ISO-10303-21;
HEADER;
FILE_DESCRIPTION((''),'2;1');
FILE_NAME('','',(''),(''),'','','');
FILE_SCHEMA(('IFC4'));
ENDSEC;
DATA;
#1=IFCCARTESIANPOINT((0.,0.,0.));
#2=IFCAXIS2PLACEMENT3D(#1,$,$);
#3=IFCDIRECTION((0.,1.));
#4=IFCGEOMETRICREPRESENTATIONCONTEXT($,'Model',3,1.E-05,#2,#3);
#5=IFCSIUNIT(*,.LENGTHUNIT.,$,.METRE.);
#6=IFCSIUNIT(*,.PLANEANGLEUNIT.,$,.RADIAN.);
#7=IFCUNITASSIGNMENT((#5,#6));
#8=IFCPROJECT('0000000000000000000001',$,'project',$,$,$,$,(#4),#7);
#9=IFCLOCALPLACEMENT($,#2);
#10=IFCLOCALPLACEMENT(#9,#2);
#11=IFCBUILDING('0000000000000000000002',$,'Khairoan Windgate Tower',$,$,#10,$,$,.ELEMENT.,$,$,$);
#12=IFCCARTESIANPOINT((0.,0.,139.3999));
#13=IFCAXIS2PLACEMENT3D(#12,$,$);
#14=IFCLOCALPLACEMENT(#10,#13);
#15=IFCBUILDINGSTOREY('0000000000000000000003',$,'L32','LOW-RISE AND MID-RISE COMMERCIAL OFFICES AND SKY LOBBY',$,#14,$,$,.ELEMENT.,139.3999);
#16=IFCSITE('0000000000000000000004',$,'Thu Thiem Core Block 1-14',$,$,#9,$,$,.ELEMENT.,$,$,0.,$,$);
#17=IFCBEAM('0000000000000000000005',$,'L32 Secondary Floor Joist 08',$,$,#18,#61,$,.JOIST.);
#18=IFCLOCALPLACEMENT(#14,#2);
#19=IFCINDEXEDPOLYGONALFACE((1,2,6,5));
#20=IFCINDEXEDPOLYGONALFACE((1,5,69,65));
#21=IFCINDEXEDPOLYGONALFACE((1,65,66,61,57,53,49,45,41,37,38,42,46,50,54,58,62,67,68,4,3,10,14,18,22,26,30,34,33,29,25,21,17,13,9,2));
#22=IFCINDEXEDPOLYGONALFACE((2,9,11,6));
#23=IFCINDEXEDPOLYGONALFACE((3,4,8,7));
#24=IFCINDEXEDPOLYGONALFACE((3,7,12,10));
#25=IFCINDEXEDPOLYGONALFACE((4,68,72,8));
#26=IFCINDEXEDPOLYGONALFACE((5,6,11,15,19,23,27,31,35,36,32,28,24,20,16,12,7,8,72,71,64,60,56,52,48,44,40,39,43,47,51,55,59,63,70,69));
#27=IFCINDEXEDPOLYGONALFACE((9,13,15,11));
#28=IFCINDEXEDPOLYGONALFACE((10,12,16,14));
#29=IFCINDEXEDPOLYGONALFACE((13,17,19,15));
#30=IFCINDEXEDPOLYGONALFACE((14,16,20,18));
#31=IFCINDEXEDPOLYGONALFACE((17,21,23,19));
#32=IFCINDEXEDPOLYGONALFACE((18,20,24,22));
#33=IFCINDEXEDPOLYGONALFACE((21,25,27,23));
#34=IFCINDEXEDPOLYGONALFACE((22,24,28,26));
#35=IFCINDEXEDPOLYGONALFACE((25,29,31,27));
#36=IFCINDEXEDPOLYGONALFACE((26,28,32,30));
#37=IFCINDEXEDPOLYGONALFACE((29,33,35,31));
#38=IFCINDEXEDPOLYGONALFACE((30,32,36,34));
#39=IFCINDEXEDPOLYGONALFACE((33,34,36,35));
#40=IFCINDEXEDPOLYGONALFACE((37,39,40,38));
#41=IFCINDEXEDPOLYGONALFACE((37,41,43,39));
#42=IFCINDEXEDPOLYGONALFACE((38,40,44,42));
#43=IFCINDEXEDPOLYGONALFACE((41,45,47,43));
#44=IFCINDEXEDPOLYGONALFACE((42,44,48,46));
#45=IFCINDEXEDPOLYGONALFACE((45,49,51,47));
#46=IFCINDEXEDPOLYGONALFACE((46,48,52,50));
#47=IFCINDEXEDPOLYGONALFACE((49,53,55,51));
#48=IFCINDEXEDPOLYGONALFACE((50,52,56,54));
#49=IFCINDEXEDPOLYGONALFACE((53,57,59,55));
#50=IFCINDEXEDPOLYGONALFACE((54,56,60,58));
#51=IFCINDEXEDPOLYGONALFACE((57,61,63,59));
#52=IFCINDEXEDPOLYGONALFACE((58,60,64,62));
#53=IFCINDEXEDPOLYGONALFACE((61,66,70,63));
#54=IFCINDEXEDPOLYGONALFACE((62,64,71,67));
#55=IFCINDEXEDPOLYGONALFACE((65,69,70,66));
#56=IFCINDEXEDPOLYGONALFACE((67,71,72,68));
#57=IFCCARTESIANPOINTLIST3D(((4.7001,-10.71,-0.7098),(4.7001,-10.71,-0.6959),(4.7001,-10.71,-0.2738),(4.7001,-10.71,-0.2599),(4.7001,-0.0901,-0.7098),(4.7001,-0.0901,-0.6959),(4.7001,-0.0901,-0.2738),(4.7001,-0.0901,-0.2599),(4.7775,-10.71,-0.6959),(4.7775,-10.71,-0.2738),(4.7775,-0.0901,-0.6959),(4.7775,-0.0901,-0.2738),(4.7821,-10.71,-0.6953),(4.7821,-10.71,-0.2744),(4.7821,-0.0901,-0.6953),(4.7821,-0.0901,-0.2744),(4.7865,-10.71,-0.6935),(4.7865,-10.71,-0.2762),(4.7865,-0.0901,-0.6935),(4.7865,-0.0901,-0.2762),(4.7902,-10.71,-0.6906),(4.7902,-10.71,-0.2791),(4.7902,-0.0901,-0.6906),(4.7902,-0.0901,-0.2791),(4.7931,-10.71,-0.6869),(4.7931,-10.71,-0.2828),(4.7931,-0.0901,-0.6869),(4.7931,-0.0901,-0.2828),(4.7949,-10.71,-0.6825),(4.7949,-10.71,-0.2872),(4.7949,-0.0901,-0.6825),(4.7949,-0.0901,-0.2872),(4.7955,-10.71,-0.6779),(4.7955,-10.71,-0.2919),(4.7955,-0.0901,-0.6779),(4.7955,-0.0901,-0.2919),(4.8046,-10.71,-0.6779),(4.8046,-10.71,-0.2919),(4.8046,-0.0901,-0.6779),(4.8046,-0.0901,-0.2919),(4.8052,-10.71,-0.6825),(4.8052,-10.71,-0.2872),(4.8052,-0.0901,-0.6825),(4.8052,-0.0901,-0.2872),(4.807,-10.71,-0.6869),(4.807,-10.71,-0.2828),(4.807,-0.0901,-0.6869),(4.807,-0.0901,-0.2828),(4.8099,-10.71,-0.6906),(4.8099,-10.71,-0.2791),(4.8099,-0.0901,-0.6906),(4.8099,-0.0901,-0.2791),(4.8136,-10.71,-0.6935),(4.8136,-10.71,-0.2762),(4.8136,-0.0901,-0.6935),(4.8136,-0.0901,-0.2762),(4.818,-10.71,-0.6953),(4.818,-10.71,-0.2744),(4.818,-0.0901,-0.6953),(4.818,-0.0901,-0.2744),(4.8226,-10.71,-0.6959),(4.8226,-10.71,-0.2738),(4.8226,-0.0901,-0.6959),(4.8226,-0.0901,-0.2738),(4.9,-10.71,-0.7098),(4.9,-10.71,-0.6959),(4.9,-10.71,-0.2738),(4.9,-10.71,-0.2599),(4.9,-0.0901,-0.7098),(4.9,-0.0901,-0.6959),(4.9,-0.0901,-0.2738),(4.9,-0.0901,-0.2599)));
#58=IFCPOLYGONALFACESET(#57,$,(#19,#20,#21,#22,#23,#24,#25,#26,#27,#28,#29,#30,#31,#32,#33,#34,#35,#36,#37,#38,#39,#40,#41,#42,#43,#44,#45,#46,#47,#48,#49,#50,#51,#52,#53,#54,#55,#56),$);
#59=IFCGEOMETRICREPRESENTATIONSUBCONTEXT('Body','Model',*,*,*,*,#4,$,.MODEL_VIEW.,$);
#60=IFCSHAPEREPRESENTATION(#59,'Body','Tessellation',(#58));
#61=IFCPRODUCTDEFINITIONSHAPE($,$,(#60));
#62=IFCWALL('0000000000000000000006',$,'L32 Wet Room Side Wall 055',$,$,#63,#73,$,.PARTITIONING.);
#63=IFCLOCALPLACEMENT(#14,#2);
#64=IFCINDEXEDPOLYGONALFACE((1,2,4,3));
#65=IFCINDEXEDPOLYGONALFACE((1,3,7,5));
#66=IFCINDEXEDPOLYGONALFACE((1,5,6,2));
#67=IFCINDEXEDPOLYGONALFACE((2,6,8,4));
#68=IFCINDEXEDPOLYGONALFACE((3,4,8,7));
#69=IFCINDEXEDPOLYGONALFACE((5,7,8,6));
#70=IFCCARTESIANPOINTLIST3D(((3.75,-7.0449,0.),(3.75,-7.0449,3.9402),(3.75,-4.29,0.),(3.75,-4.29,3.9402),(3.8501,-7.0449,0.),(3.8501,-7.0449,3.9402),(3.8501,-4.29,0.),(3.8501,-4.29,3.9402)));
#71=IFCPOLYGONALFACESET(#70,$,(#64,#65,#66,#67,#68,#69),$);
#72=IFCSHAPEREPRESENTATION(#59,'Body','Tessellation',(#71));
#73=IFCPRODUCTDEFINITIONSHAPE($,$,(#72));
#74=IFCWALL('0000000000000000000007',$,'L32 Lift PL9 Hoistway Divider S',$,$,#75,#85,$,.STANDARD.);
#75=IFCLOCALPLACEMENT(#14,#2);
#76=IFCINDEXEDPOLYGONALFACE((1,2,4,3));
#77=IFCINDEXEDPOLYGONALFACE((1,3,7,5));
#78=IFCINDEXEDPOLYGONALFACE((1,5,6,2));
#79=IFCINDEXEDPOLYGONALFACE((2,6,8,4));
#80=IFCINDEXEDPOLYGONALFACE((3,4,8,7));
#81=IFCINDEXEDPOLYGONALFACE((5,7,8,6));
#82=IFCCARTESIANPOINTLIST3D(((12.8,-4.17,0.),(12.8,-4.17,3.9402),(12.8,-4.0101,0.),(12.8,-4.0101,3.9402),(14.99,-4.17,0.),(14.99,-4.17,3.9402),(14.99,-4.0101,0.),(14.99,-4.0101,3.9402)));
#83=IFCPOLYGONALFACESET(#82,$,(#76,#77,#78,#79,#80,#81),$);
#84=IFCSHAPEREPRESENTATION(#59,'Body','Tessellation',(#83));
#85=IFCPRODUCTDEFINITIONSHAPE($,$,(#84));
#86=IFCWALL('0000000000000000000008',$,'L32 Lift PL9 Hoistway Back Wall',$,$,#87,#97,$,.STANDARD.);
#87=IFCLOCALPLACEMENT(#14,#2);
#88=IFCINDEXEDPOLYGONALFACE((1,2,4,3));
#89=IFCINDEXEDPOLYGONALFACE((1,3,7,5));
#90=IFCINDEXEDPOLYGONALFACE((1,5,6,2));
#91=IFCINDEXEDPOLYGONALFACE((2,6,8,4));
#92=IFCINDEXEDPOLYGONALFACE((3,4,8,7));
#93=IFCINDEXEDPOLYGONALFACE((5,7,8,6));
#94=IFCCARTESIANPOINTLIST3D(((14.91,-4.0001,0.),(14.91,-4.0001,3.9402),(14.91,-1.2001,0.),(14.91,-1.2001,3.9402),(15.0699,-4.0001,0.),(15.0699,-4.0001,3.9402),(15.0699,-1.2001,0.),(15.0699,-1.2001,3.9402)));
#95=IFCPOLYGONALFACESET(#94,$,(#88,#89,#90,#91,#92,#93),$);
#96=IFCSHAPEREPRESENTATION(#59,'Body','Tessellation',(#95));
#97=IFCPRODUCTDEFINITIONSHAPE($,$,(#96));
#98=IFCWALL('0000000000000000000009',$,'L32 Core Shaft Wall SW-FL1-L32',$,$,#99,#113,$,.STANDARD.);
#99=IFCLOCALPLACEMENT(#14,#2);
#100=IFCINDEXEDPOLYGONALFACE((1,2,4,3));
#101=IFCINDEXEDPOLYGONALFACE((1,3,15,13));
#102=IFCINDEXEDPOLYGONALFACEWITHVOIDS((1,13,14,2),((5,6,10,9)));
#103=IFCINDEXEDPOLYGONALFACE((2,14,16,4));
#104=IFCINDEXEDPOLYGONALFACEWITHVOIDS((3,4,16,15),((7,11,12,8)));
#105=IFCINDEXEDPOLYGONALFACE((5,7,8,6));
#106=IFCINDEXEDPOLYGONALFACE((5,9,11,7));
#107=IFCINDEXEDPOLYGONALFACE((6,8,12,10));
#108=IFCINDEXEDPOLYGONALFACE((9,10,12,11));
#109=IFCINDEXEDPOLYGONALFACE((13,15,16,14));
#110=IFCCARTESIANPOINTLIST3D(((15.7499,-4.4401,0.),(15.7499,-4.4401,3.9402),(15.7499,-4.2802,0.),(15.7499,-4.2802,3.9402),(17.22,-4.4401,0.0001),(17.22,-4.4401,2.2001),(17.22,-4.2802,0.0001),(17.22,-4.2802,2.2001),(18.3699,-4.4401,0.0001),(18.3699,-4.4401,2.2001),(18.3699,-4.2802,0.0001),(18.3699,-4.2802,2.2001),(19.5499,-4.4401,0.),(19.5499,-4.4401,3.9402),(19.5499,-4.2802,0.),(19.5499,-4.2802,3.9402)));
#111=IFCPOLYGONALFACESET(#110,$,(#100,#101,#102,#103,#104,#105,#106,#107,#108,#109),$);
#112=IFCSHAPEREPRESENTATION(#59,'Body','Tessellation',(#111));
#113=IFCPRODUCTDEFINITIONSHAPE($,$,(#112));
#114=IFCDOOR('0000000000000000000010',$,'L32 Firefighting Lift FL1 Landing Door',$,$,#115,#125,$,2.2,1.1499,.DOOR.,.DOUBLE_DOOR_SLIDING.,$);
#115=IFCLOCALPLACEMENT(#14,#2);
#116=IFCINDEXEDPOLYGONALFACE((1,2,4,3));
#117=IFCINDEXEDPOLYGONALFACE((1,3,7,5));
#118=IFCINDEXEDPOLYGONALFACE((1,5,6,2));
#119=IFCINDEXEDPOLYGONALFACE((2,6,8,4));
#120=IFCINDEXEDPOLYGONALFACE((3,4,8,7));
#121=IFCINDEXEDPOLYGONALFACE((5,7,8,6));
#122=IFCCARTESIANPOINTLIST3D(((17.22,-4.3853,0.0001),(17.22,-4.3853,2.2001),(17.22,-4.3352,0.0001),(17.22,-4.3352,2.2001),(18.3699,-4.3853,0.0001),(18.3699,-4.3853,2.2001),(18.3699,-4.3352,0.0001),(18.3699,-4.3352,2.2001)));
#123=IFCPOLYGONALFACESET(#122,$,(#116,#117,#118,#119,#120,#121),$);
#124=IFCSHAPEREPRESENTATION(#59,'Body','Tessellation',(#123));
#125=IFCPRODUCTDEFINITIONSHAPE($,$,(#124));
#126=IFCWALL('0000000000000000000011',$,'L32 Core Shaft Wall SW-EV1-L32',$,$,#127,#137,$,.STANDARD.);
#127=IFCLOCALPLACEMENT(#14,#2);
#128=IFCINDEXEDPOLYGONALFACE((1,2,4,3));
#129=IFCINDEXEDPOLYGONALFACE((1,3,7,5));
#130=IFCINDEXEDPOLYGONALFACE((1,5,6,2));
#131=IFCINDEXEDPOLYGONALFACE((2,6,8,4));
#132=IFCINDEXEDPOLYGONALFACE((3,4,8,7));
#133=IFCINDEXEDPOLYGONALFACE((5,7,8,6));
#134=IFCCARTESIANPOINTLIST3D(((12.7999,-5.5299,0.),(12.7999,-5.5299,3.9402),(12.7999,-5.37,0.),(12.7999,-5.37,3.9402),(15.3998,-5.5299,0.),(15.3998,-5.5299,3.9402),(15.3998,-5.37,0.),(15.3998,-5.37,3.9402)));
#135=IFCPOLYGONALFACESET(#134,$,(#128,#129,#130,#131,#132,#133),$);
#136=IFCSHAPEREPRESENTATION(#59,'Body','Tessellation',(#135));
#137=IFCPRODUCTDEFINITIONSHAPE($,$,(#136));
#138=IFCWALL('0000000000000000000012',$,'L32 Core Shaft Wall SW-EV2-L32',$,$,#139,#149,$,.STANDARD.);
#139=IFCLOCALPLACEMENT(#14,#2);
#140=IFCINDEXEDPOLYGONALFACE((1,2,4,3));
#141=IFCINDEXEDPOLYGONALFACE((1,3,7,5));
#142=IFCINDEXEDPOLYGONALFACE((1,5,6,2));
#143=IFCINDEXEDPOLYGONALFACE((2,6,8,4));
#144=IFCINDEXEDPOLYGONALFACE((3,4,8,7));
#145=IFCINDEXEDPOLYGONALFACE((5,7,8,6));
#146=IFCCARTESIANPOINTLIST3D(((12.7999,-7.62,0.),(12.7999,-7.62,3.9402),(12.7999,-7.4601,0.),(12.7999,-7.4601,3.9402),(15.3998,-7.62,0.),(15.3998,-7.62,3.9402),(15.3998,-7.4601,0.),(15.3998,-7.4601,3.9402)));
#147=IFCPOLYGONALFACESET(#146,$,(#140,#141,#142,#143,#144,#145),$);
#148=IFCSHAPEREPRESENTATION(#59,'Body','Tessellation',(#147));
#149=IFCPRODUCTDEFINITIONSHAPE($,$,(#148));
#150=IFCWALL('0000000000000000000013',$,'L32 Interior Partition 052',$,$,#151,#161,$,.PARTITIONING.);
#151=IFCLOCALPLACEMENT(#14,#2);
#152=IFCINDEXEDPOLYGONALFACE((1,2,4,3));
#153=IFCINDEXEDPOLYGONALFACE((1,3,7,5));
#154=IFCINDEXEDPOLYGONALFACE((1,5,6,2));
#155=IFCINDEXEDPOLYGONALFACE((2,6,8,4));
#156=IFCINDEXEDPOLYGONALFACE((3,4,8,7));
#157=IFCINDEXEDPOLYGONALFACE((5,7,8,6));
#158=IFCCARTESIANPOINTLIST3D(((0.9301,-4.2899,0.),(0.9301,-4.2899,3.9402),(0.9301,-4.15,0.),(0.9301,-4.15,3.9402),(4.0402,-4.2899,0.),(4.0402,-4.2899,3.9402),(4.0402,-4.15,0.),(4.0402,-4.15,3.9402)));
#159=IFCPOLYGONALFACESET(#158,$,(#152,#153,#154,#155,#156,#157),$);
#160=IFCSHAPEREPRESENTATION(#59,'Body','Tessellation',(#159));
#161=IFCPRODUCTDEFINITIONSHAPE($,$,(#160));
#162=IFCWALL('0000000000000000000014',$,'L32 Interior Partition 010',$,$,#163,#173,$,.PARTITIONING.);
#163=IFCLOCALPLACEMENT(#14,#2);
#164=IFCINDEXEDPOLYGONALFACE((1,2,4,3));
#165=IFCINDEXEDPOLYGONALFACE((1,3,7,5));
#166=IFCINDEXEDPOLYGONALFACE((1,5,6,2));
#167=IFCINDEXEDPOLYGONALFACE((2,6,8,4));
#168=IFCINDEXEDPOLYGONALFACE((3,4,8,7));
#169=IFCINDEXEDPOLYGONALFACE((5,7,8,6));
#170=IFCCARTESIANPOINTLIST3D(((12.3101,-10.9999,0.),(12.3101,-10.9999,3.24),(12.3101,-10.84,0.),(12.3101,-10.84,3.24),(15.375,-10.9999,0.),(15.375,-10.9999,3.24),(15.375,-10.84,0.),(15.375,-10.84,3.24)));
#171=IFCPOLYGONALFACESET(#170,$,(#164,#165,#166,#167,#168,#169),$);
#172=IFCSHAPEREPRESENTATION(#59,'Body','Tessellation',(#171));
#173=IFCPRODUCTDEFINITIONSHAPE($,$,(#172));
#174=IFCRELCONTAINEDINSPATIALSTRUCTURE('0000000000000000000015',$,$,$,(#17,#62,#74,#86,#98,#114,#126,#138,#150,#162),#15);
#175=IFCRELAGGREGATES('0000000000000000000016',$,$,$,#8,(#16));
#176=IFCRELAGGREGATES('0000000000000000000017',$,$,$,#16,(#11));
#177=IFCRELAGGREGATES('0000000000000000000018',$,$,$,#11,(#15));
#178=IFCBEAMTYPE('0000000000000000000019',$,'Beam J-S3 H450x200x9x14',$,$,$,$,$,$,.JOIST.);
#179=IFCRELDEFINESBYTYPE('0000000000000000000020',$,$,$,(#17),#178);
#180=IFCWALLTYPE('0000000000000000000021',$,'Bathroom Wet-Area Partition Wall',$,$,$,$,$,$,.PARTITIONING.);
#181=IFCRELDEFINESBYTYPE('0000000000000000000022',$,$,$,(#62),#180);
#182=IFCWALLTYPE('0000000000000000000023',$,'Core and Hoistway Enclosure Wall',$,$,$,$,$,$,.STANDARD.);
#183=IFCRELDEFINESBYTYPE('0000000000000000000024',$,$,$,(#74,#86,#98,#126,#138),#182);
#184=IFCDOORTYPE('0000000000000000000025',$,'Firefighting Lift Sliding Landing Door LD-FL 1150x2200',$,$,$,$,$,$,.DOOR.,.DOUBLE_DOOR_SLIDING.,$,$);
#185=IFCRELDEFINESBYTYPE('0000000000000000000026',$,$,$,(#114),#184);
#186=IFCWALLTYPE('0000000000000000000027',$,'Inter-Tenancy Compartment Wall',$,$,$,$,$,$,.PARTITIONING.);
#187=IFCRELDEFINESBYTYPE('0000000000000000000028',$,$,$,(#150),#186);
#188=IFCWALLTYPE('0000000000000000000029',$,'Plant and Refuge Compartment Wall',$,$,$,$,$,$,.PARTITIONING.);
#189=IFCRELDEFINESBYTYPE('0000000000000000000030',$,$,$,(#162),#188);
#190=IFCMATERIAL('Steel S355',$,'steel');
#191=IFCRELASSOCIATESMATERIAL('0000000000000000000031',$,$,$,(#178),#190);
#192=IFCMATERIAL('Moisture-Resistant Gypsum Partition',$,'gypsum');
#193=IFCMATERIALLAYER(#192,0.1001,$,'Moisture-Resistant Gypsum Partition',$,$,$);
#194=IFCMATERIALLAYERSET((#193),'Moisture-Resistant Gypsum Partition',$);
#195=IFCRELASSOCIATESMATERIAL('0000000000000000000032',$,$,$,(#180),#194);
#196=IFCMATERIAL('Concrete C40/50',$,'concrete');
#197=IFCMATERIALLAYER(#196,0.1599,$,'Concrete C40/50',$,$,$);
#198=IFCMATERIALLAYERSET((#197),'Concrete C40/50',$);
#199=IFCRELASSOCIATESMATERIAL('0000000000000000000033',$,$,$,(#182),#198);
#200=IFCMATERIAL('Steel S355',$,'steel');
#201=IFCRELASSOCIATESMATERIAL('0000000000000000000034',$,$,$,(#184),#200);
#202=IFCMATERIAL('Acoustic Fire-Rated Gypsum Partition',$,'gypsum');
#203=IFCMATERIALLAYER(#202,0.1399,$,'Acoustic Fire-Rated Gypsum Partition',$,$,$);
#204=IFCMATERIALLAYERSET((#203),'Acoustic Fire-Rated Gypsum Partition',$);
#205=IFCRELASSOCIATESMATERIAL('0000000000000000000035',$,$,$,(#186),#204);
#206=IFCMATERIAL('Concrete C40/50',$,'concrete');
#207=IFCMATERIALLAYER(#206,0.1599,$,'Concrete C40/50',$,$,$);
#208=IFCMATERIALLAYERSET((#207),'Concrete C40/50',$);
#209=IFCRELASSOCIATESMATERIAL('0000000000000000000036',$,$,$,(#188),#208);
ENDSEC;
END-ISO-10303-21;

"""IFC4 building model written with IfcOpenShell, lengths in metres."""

from ifc_helpers import new_model, si_unit, direction, frame, frame_2d, origin, origin_2d, place, context, subcontext, project, spatial, rectangle, i_section, extrude, material, layer, layer_set, material_profile, profile_set, type_object, element, fill, save


model = new_model("IFC4")

# Units and contexts
model_context = context("Model", 3, precision=1e-05, world=origin(), true_north=direction((0.0, 1.0)))
body_context = subcontext(model_context, "Body", "Model", "MODEL_VIEW")
ifc_project = project(units=[si_unit("LENGTHUNIT", "METRE"), si_unit("PLANEANGLEUNIT", "RADIAN")], contexts=[model_context])

# Site, building, storey
site_placement = place(None, origin())
site = spatial("IfcSite", under=ifc_project, at=site_placement, Name="Thu Thiem Core Block 1-14", CompositionType="ELEMENT", RefElevation=0.0)
building_placement = place(site_placement, origin())
building = spatial("IfcBuilding", under=site, at=building_placement, Name="Khairoan Windgate Tower", CompositionType="ELEMENT")
storey_placement = place(building_placement, frame((0.0, 0.0, 139.3999)))
storey = spatial("IfcBuildingStorey", under=building, at=storey_placement, Name="L32", Description="LOW-RISE AND MID-RISE COMMERCIAL OFFICES AND SKY LOBBY", CompositionType="ELEMENT", Elevation=139.3999)

# Beam
ifc_material_1 = material(Name="Steel S355", Category="steel")
ifc_material_profile_1 = material_profile(ifc_material_1, i_section(OverallWidth=0.2, OverallDepth=0.45, WebThickness=0.009, FlangeThickness=0.0139, FilletRadius=0.0181, at=origin_2d()))
ifc_profile_set_1 = profile_set([ifc_material_profile_1], Name="Steel S355")
beam_type_1 = type_object("IfcBeamType", Name="Beam J-S3 H450x200x9x14", PredefinedType="JOIST", material=ifc_profile_set_1)
beam_1_placement = place(storey_placement, frame((4.8, -10.71, -0.4849), z_axis=(0.0, 1.0, 0.0), x_axis=(-1.0, 0.0, 0.0)))
element("IfcBeam", 1, at=beam_1_placement, inside=storey, type_object=beam_type_1, Name="L32 Secondary Floor Joist 08", PredefinedType="JOIST", context=body_context, shape_type="SweptSolid", body=[
    extrude(i_section(OverallWidth=0.2, OverallDepth=0.45, WebThickness=0.009, FlangeThickness=0.0139, FilletRadius=0.0181, at=origin_2d()), origin(), (0.0, 0.0, 1.0), 10.6199),
])

# Walls
ifc_material_2 = material(Name="Moisture-Resistant Gypsum Partition", Category="gypsum")
ifc_layer_1 = layer(ifc_material_2, 0.1001, Name="Moisture-Resistant Gypsum Partition")
ifc_layer_set_1 = layer_set([ifc_layer_1], Name="Moisture-Resistant Gypsum Partition")
wall_type_1 = type_object("IfcWallType", Name="Bathroom Wet-Area Partition Wall", PredefinedType="PARTITIONING", material=ifc_layer_set_1)
wall_1_placement = place(storey_placement, frame((3.8, -4.29, 0.0), z_axis=(0.0, 0.0, 1.0), x_axis=(0.0, -1.0, 0.0)))
element("IfcWall", 2, at=wall_1_placement, inside=storey, type_object=wall_type_1, Name="L32 Wet Room Side Wall 055", PredefinedType="PARTITIONING", context=body_context, shape_type="SweptSolid", body=[
    extrude(rectangle(XDim=2.7549, YDim=0.1001, at=frame_2d((1.3774, 0.0))), origin(), (0.0, 0.0, 1.0), 3.9402),
])
ifc_material_3 = material(Name="Concrete C40/50", Category="concrete")
ifc_layer_2 = layer(ifc_material_3, 0.1599, Name="Concrete C40/50")
ifc_layer_set_2 = layer_set([ifc_layer_2], Name="Concrete C40/50")
wall_type_2 = type_object("IfcWallType", Name="Core and Hoistway Enclosure Wall", PredefinedType="STANDARD", material=ifc_layer_set_2)
wall_2_placement = place(storey_placement, frame((12.8, -4.0901, 0.0), z_axis=(0.0, 0.0, 1.0), x_axis=(1.0, 0.0, 0.0)))
element("IfcWall", 3, at=wall_2_placement, inside=storey, type_object=wall_type_2, Name="L32 Lift PL9 Hoistway Divider S", PredefinedType="STANDARD", context=body_context, shape_type="SweptSolid", body=[
    extrude(rectangle(XDim=2.1899, YDim=0.1599, at=frame_2d((1.095, 0.0))), origin(), (0.0, 0.0, 1.0), 3.9402),
])
wall_3_placement = place(storey_placement, frame((14.99, -4.0, 0.0), z_axis=(0.0, 0.0, 1.0), x_axis=(0.0, 1.0, 0.0)))
element("IfcWall", 4, at=wall_3_placement, inside=storey, type_object=wall_type_2, Name="L32 Lift PL9 Hoistway Back Wall", PredefinedType="STANDARD", context=body_context, shape_type="SweptSolid", body=[
    extrude(rectangle(XDim=2.8, YDim=0.1599, at=frame_2d((1.3999, 0.0))), origin(), (0.0, 0.0, 1.0), 3.9402),
])

# Wall, opening, door
wall_4_placement = place(storey_placement, frame((15.75, -4.3601, 0.0), z_axis=(0.0, 0.0, 1.0), x_axis=(1.0, 0.0, 0.0)))
wall_4 = element("IfcWall", 5, at=wall_4_placement, inside=storey, type_object=wall_type_2, Name="L32 Core Shaft Wall SW-FL1-L32", PredefinedType="STANDARD", context=body_context, shape_type="SweptSolid", body=[
    extrude(rectangle(XDim=3.8, YDim=0.1599, at=frame_2d((1.8999, 0.0))), origin(), (0.0, 0.0, 1.0), 3.9402),
])
opening_1_placement = place(wall_4_placement, frame((1.47, 0.0, 0.0)))
opening_1 = element("IfcOpeningElement", 6, at=opening_1_placement, cuts=wall_4, PredefinedType="OPENING", context=body_context, shape_type="SweptSolid", body=[
    extrude(rectangle(XDim=1.1499, YDim=2.2, at=frame_2d((0.575, 1.1001))), frame((0.0, 0.0898, 0.0), z_axis=(0.0, -1.0, 0.0), x_axis=(1.0, 0.0, 0.0)), (0.0, 0.0, 1.0), 0.1799),
])
ifc_material_4 = material(Name="Steel S355", Category="steel")
door_type_1 = type_object("IfcDoorType", Name="Firefighting Lift Sliding Landing Door LD-FL 1150x2200", OperationType="DOUBLE_DOOR_SLIDING", PredefinedType="DOOR", material=ifc_material_4)
door_1_placement = place(opening_1_placement, origin())
door_1 = element("IfcDoor", 7, at=door_1_placement, inside=storey, type_object=door_type_1, Name="L32 Firefighting Lift FL1 Landing Door", OperationType="DOUBLE_DOOR_SLIDING", OverallHeight=2.2, OverallWidth=1.1499, PredefinedType="DOOR", context=body_context, shape_type="SweptSolid", body=[
    extrude(rectangle(XDim=1.1499, YDim=2.2, at=frame_2d((0.575, 1.1001))), frame((0.0, 0.0249, 0.0), z_axis=(0.0, -1.0, 0.0), x_axis=(1.0, 0.0, 0.0)), (0.0, 0.0, 1.0), 0.05),
])
fill(opening_1, door_1)

# Walls
for number, where, z_axis, x_axis, name in (
    (8, (12.8, -5.45, 0.0), (0.0, 0.0, 1.0), (1.0, 0.0, 0.0), "L32 Core Shaft Wall SW-EV1-L32"),
    (9, (12.8, -7.54, 0.0), (0.0, 0.0, 1.0), (1.0, 0.0, 0.0), "L32 Core Shaft Wall SW-EV2-L32"),
):
    element("IfcWall", number, at=place(storey_placement, frame(where, z_axis=z_axis, x_axis=x_axis)), inside=storey, type_object=wall_type_2, Name=name, PredefinedType="STANDARD", context=body_context, shape_type="SweptSolid", body=[
        extrude(rectangle(XDim=2.5999, YDim=0.1599, at=frame_2d((1.2998, 0.0))), origin(), (0.0, 0.0, 1.0), 3.9402),
    ])
ifc_material_5 = material(Name="Acoustic Fire-Rated Gypsum Partition", Category="gypsum")
ifc_layer_3 = layer(ifc_material_5, 0.1399, Name="Acoustic Fire-Rated Gypsum Partition")
ifc_layer_set_3 = layer_set([ifc_layer_3], Name="Acoustic Fire-Rated Gypsum Partition")
wall_type_3 = type_object("IfcWallType", Name="Inter-Tenancy Compartment Wall", PredefinedType="PARTITIONING", material=ifc_layer_set_3)
wall_5_placement = place(storey_placement, frame((0.9299, -4.22, 0.0), z_axis=(0.0, 0.0, 1.0), x_axis=(1.0, 0.0, 0.0)))
element("IfcWall", 10, at=wall_5_placement, inside=storey, type_object=wall_type_3, Name="L32 Interior Partition 052", PredefinedType="PARTITIONING", context=body_context, shape_type="SweptSolid", body=[
    extrude(rectangle(XDim=3.1101, YDim=0.1399, at=frame_2d((1.5552, 0.0))), origin(), (0.0, 0.0, 1.0), 3.9402),
])
ifc_material_6 = material(Name="Concrete C40/50", Category="concrete")
ifc_layer_4 = layer(ifc_material_6, 0.1599, Name="Concrete C40/50")
ifc_layer_set_4 = layer_set([ifc_layer_4], Name="Concrete C40/50")
wall_type_4 = type_object("IfcWallType", Name="Plant and Refuge Compartment Wall", PredefinedType="PARTITIONING", material=ifc_layer_set_4)
wall_6_placement = place(storey_placement, frame((12.3101, -10.9199, 0.0), z_axis=(0.0, 0.0, 1.0), x_axis=(1.0, 0.0, 0.0)))
element("IfcWall", 11, at=wall_6_placement, inside=storey, type_object=wall_type_4, Name="L32 Interior Partition 010", PredefinedType="PARTITIONING", context=body_context, shape_type="SweptSolid", body=[
    extrude(rectangle(XDim=3.0649, YDim=0.1599, at=frame_2d((1.5325, 0.0))), origin(), (0.0, 0.0, 1.0), 3.24),
])

save(model, "model.ifc")
